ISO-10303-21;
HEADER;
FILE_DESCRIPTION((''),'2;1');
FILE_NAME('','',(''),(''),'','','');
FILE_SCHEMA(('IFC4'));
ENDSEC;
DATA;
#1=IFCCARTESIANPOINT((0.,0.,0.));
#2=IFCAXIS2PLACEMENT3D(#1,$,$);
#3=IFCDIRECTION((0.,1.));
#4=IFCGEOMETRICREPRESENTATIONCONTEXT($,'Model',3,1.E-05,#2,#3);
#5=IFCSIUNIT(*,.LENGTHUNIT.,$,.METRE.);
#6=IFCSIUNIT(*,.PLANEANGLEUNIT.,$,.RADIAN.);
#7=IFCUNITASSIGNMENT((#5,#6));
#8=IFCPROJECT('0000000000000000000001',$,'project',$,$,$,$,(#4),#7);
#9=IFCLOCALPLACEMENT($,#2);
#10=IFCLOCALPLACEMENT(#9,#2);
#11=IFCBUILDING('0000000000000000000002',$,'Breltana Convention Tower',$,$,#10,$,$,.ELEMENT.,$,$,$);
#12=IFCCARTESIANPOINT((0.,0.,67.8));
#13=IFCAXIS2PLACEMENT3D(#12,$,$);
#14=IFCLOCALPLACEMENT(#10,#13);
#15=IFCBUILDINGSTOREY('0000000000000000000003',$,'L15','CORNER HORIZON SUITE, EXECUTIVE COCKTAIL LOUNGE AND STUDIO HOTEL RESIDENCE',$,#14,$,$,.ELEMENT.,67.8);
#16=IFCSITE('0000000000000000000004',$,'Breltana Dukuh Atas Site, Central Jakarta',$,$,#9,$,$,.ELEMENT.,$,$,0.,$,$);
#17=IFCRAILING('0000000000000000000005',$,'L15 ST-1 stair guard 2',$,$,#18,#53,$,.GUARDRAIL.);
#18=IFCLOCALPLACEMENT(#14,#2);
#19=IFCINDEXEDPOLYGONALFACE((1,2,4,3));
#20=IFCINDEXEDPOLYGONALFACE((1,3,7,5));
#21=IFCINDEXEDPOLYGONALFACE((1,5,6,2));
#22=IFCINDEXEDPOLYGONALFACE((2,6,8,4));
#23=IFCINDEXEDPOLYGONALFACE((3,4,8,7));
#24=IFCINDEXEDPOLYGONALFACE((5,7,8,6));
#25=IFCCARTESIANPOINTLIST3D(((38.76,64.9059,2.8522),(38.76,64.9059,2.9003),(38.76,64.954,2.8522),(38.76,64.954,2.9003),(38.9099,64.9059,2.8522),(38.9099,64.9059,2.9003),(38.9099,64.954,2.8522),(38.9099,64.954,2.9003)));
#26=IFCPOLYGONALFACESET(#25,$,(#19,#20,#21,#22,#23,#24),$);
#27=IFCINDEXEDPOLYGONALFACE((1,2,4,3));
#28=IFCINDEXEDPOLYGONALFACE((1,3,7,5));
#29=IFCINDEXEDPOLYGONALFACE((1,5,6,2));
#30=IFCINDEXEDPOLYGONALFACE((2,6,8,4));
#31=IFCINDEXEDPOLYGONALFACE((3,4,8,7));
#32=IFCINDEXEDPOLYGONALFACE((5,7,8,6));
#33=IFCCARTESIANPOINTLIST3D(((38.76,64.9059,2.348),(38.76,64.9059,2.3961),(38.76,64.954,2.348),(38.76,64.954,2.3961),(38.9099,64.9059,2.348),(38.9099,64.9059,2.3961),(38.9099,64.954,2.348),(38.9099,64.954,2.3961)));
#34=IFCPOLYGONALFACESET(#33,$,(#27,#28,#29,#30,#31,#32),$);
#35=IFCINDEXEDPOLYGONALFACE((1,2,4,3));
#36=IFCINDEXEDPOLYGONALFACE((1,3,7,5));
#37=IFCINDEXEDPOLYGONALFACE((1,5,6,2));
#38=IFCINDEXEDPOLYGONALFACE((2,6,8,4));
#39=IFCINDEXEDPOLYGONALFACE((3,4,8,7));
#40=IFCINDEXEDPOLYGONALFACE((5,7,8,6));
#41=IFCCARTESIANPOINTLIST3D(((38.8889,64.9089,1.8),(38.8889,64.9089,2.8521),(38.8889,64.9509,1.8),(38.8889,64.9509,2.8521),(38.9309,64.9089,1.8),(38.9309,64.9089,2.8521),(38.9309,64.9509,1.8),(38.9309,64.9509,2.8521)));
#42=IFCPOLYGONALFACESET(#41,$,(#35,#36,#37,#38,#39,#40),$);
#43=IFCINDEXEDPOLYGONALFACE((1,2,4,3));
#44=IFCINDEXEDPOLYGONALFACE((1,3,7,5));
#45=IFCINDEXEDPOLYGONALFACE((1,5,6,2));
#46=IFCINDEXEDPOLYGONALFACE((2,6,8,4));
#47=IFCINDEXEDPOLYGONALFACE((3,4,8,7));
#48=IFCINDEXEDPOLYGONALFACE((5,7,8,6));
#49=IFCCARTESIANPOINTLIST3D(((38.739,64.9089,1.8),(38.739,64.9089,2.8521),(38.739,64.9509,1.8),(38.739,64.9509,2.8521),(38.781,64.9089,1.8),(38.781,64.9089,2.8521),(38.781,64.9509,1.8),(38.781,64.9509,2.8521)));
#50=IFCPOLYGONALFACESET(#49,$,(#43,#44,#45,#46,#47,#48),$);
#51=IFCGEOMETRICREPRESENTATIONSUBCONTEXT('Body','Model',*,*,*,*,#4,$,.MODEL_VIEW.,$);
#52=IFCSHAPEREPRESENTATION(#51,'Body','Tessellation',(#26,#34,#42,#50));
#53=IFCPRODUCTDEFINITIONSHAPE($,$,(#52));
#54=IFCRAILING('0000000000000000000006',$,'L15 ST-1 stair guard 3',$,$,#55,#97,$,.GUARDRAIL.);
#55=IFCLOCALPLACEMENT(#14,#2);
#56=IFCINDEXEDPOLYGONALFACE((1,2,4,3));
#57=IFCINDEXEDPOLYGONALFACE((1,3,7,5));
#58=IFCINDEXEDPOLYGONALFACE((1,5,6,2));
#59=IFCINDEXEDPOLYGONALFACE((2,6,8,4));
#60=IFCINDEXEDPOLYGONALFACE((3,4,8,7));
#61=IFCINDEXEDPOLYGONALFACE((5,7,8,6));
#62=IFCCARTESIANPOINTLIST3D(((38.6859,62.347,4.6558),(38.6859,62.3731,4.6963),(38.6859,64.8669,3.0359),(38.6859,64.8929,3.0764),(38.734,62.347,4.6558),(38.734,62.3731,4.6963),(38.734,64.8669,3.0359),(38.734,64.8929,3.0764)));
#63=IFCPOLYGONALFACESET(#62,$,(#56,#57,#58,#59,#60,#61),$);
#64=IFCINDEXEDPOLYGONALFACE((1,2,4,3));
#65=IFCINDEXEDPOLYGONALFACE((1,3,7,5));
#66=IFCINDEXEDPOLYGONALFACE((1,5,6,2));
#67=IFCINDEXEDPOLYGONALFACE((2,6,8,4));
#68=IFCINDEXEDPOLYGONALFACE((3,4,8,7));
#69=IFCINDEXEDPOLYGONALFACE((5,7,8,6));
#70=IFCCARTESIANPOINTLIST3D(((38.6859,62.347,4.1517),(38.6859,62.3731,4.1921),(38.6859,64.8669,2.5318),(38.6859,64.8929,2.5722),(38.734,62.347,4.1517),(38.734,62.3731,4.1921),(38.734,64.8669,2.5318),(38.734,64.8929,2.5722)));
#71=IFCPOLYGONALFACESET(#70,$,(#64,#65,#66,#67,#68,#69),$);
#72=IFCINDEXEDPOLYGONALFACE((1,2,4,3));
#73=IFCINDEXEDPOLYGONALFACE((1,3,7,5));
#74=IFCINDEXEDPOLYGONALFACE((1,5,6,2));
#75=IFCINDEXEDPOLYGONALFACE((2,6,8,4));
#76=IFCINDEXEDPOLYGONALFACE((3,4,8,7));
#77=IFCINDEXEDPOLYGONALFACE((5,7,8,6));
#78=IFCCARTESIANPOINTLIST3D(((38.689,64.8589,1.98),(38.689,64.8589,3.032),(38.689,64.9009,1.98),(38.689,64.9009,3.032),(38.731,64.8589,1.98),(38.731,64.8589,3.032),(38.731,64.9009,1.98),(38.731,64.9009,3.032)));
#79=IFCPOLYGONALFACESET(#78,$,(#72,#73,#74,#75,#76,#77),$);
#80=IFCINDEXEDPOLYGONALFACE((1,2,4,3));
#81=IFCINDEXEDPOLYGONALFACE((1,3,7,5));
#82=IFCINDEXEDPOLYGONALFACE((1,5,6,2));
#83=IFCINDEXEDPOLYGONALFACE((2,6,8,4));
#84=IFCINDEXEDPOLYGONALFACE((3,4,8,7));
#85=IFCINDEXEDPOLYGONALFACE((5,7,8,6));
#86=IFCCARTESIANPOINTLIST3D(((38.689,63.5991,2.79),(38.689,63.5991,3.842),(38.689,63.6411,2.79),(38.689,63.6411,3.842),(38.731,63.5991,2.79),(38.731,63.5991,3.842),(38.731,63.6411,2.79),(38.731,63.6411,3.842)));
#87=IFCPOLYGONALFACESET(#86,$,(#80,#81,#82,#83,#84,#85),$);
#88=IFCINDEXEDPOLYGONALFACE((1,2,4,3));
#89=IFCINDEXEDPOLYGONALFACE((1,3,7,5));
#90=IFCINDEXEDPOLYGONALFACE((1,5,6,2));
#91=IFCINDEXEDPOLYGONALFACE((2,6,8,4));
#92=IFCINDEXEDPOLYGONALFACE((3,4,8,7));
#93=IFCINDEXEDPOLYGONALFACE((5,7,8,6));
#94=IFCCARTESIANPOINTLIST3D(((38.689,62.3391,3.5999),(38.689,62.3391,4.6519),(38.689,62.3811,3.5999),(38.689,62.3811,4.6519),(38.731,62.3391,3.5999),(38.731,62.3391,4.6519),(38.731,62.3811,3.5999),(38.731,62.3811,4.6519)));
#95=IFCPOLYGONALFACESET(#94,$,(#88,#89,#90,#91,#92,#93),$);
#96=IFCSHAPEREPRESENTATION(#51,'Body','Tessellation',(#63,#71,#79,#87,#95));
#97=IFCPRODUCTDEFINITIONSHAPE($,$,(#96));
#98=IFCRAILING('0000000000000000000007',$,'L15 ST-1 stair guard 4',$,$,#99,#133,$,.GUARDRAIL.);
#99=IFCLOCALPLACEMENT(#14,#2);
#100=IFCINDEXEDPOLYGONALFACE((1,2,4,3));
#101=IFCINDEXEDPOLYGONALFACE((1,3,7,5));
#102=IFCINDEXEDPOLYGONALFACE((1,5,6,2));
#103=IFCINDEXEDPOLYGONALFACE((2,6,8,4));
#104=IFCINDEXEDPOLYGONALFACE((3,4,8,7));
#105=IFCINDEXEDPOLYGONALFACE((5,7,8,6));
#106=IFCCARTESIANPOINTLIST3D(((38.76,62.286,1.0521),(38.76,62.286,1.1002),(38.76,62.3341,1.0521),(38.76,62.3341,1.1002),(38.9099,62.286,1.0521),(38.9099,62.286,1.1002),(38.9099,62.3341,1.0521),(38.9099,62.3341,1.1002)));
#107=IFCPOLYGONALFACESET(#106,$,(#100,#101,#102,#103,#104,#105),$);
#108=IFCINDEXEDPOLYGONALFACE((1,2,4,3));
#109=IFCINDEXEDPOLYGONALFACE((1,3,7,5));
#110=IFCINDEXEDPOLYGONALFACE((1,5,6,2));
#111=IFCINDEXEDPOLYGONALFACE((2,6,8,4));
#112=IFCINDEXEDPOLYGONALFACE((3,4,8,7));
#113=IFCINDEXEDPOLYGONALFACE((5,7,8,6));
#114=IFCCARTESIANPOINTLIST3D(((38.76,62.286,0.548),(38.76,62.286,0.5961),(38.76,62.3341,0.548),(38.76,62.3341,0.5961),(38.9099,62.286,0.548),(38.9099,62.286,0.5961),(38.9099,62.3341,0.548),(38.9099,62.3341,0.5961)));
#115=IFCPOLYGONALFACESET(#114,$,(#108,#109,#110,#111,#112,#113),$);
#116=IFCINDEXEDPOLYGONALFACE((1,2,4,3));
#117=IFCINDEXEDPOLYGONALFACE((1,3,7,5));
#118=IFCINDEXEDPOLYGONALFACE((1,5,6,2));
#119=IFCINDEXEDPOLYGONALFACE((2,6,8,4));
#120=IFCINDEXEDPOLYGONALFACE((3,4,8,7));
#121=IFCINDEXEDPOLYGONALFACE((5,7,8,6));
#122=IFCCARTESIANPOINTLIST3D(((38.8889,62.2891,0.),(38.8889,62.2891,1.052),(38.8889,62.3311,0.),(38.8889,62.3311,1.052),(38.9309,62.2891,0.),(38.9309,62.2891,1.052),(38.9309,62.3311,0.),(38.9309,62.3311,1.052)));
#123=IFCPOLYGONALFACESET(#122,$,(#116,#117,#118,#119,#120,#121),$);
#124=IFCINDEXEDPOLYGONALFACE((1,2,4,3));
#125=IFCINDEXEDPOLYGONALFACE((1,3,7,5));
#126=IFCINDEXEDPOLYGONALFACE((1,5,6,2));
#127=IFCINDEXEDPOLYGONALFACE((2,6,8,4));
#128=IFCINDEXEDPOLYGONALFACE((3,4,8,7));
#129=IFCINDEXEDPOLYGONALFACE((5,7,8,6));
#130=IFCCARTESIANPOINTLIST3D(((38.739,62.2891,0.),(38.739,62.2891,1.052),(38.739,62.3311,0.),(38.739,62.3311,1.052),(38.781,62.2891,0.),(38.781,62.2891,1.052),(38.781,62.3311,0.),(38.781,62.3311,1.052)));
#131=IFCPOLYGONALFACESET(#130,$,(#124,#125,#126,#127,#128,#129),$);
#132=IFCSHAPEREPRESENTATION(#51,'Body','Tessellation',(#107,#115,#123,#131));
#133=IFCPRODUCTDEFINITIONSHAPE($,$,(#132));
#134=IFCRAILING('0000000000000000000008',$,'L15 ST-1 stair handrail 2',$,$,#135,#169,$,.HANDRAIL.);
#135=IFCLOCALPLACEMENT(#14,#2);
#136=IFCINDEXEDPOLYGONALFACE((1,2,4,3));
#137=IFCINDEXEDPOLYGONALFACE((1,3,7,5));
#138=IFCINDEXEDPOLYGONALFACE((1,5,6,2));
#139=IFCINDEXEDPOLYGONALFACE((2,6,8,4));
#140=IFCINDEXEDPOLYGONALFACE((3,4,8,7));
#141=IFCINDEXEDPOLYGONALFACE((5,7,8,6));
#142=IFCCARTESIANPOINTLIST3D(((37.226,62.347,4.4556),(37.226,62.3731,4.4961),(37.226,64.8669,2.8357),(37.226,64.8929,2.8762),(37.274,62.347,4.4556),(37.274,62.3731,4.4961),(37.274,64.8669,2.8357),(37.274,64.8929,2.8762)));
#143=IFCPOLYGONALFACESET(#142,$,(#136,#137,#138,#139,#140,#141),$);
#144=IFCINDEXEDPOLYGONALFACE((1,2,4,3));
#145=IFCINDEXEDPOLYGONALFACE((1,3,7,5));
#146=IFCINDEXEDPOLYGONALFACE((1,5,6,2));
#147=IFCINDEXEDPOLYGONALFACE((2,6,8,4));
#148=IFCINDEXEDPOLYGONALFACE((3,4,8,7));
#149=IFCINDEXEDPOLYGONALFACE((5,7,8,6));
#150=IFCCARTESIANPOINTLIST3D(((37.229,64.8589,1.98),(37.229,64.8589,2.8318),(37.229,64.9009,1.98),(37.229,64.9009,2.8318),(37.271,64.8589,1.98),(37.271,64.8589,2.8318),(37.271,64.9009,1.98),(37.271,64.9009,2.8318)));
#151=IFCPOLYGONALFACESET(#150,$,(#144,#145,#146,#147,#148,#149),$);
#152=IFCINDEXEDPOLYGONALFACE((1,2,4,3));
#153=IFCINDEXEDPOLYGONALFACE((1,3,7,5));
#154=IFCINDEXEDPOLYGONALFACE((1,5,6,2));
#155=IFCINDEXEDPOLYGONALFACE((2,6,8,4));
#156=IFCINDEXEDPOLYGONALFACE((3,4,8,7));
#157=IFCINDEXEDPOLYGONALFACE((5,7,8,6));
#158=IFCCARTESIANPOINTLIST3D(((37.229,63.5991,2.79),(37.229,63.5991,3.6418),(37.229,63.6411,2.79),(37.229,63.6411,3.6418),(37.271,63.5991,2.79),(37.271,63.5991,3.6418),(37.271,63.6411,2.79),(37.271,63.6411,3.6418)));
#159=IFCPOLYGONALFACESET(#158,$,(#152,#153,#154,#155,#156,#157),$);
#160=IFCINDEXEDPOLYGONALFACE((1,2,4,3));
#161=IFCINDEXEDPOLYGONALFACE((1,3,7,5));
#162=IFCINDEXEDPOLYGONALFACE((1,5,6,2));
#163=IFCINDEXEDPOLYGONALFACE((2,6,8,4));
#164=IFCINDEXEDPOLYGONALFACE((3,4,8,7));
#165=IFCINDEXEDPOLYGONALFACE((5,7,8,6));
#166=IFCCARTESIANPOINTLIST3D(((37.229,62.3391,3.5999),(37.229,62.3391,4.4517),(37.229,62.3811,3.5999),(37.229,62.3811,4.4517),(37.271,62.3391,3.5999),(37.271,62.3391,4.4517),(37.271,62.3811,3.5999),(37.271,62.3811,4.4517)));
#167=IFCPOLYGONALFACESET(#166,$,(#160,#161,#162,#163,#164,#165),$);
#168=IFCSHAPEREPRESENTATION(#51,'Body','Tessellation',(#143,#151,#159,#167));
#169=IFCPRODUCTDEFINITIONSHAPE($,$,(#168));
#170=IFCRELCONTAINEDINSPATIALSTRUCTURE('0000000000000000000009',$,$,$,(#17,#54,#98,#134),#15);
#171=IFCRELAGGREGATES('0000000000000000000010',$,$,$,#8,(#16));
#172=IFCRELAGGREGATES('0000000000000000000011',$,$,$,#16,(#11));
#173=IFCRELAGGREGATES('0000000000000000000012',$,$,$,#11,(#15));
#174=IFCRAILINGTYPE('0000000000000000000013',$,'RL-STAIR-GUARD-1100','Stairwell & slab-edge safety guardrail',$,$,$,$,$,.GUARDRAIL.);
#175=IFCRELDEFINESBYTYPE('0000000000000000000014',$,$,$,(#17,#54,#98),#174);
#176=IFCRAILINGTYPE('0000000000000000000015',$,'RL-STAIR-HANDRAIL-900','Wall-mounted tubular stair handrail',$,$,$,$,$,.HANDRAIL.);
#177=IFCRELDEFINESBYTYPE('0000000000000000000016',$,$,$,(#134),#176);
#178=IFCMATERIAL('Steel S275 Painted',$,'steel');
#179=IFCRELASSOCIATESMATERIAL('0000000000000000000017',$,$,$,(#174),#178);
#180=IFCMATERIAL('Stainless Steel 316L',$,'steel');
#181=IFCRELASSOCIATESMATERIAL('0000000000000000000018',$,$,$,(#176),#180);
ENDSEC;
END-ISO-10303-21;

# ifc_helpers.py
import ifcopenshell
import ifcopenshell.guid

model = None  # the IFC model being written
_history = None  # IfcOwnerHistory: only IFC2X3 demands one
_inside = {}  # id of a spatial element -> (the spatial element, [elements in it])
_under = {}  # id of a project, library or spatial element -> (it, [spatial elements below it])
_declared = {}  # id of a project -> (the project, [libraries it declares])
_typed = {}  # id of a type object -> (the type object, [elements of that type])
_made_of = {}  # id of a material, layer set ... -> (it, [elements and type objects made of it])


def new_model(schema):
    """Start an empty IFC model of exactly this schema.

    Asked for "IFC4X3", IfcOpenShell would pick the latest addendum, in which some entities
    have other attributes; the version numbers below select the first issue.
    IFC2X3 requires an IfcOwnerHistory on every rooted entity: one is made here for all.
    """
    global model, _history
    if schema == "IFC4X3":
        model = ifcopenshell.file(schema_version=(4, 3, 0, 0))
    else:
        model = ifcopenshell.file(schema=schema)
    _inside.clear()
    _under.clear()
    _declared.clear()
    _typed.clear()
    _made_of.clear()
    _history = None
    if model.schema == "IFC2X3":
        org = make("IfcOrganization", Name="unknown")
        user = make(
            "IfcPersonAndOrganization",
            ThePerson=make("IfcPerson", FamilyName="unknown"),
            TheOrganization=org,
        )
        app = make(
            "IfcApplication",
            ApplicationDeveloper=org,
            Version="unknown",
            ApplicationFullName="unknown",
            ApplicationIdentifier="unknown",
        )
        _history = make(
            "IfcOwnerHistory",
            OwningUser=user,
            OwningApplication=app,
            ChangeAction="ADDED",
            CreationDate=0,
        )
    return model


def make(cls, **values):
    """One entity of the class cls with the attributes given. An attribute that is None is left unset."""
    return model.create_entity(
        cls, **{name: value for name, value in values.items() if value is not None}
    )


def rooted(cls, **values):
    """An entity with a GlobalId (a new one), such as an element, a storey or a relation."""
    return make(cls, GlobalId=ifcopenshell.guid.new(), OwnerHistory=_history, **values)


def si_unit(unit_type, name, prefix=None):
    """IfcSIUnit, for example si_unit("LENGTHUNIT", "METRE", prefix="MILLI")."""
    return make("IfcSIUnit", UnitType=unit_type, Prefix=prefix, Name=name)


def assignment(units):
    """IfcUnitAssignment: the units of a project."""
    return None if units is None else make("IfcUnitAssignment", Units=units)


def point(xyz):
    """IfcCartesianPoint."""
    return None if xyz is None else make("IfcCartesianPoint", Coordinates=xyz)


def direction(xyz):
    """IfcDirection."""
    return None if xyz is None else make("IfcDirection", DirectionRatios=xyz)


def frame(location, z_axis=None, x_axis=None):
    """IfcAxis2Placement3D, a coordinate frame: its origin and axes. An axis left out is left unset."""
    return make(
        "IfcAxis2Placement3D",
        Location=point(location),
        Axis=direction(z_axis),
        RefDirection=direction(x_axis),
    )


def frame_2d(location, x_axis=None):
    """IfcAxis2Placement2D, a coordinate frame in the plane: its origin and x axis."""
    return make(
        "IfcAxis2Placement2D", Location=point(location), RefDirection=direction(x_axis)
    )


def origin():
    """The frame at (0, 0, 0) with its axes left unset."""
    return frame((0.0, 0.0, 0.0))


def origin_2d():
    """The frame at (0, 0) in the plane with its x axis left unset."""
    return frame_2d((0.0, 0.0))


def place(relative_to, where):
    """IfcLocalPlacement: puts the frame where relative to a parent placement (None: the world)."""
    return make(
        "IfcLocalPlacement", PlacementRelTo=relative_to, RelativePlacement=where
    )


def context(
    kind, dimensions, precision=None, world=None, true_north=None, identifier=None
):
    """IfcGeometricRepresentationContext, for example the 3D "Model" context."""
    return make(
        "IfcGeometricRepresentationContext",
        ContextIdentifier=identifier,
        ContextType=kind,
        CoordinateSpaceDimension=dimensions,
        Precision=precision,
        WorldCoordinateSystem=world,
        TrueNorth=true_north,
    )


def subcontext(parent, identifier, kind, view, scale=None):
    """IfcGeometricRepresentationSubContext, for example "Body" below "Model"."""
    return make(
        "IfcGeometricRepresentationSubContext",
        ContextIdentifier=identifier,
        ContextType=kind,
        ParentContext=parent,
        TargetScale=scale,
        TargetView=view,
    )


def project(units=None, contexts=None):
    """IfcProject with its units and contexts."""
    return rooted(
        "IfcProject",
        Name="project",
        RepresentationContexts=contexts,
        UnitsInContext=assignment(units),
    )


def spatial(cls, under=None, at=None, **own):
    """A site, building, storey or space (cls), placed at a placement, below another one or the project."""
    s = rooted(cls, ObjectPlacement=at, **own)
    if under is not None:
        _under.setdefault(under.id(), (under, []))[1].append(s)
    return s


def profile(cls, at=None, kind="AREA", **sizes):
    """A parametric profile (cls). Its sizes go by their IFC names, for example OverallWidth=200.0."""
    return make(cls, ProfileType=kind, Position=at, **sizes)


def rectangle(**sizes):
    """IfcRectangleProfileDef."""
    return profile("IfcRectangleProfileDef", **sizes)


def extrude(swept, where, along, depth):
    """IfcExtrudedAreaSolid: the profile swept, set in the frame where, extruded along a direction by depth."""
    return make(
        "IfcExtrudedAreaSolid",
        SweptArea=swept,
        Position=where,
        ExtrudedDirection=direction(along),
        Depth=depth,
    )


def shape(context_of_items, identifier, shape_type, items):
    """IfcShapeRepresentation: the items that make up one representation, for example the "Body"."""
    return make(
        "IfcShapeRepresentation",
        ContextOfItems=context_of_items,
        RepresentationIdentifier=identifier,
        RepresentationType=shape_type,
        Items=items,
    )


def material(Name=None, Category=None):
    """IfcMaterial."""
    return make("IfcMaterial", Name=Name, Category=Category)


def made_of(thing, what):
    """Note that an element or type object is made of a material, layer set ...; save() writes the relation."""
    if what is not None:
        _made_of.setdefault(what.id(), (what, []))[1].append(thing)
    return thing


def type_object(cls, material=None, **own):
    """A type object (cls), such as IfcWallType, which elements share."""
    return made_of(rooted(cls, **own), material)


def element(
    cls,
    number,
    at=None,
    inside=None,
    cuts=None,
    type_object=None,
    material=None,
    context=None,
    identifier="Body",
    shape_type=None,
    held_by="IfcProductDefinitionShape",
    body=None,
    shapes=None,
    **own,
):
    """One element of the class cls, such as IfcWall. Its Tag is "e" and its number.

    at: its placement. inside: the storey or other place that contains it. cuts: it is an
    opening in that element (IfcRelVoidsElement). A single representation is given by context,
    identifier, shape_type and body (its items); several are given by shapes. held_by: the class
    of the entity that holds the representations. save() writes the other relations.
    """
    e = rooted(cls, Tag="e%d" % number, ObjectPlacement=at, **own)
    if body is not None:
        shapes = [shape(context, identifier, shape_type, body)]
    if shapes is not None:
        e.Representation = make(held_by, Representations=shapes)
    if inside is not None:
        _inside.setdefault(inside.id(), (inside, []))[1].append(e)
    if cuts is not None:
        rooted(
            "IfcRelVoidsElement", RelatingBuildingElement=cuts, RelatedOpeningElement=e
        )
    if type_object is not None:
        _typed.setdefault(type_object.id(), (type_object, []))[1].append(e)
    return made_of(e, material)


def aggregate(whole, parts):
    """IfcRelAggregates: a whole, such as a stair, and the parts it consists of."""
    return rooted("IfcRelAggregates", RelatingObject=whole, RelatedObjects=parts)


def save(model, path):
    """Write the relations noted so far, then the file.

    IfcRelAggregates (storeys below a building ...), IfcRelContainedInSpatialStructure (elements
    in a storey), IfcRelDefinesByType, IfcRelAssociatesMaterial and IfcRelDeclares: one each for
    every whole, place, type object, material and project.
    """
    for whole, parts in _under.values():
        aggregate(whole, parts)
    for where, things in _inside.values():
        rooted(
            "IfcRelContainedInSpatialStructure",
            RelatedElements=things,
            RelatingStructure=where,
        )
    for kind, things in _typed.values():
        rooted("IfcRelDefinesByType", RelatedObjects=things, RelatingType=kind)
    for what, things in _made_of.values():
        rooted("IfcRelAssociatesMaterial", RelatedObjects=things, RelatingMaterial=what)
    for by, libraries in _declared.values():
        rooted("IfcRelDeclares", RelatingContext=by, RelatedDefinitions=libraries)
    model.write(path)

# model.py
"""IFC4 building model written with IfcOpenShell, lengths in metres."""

from ifc_helpers import new_model, si_unit, direction, frame, origin, origin_2d, place, context, subcontext, project, spatial, rectangle, extrude, material, type_object, element, save


model = new_model("IFC4")

# Units and contexts
model_context = context("Model", 3, precision=1e-05, world=origin(), true_north=direction((0.0, 1.0)))
body_context = subcontext(model_context, "Body", "Model", "MODEL_VIEW")
ifc_project = project(units=[si_unit("LENGTHUNIT", "METRE"), si_unit("PLANEANGLEUNIT", "RADIAN")], contexts=[model_context])

# Site, building, storey
site_placement = place(None, origin())
site = spatial("IfcSite", under=ifc_project, at=site_placement, Name="Breltana Dukuh Atas Site, Central Jakarta", CompositionType="ELEMENT", RefElevation=0.0)
building_placement = place(site_placement, origin())
building = spatial("IfcBuilding", under=site, at=building_placement, Name="Breltana Convention Tower", CompositionType="ELEMENT")
storey_placement = place(building_placement, frame((0.0, 0.0, 67.8)))
storey = spatial("IfcBuildingStorey", under=building, at=storey_placement, Name="L15", Description="CORNER HORIZON SUITE, EXECUTIVE COCKTAIL LOUNGE AND STUDIO HOTEL RESIDENCE", CompositionType="ELEMENT", Elevation=67.8)

# Railings
ifc_material_1 = material(Name="Steel S275 Painted", Category="steel")
railing_type_1 = type_object("IfcRailingType", Name="RL-STAIR-GUARD-1100", Description="Stairwell & slab-edge safety guardrail", PredefinedType="GUARDRAIL", material=ifc_material_1)
railing_1_placement = place(storey_placement, frame((38.9099, 64.9299, 1.8)))
element("IfcRailing", 1, at=railing_1_placement, inside=storey, type_object=railing_type_1, Name="L15 ST-1 stair guard 2", PredefinedType="GUARDRAIL", context=body_context, shape_type="SweptSolid", body=[
    extrude(rectangle(XDim=0.0481, YDim=0.0481, at=origin_2d()), frame((0.0, 0.0, 1.0762), z_axis=(-1.0, 0.0, 0.0), x_axis=(0.0, -1.0, 0.0)), (0.0, 0.0, 1.0), 0.1499),
    extrude(rectangle(XDim=0.0481, YDim=0.0481, at=origin_2d()), frame((0.0, 0.0, 0.572), z_axis=(-1.0, 0.0, 0.0), x_axis=(0.0, -1.0, 0.0)), (0.0, 0.0, 1.0), 0.1499),
    extrude(rectangle(XDim=0.042, YDim=0.042, at=origin_2d()), origin(), (0.0, 0.0, 1.0), 1.052),
    extrude(rectangle(XDim=0.042, YDim=0.042, at=origin_2d()), frame((-0.1499, 0.0, 0.0)), (0.0, 0.0, 1.0), 1.052),
])
railing_2_placement = place(storey_placement, frame((38.71, 64.8799, 1.98)))
element("IfcRailing", 2, at=railing_2_placement, inside=storey, type_object=railing_type_1, Name="L15 ST-1 stair guard 3", PredefinedType="GUARDRAIL", context=body_context, shape_type="SweptSolid", body=[
    extrude(rectangle(XDim=0.0481, YDim=0.0481, at=origin_2d()), frame((0.0, 0.0, 1.0762), z_axis=(0.0, -0.841176, 0.540762), x_axis=(1.0, 0.0, 0.0)), (0.0, 0.0, 1.0), 2.9956),
    extrude(rectangle(XDim=0.0481, YDim=0.0481, at=origin_2d()), frame((0.0, 0.0, 0.572), z_axis=(0.0, -0.841176, 0.540762), x_axis=(1.0, 0.0, 0.0)), (0.0, 0.0, 1.0), 2.9956),
    extrude(rectangle(XDim=0.042, YDim=0.042, at=origin_2d()), origin(), (0.0, 0.0, 1.0), 1.052),
    extrude(rectangle(XDim=0.042, YDim=0.042, at=origin_2d()), frame((0.0, -1.2598, 0.8101)), (0.0, 0.0, 1.0), 1.052),
    extrude(rectangle(XDim=0.042, YDim=0.042, at=origin_2d()), frame((0.0, -2.5198, 1.6199)), (0.0, 0.0, 1.0), 1.052),
])
railing_3_placement = place(storey_placement, frame((38.9099, 62.3101, 0.0)))
element("IfcRailing", 3, at=railing_3_placement, inside=storey, type_object=railing_type_1, Name="L15 ST-1 stair guard 4", PredefinedType="GUARDRAIL", context=body_context, shape_type="SweptSolid", body=[
    extrude(rectangle(XDim=0.0481, YDim=0.0481, at=origin_2d()), frame((0.0, 0.0, 1.0762), z_axis=(-1.0, 0.0, 0.0), x_axis=(0.0, -1.0, 0.0)), (0.0, 0.0, 1.0), 0.1499),
    extrude(rectangle(XDim=0.0481, YDim=0.0481, at=origin_2d()), frame((0.0, 0.0, 0.572), z_axis=(-1.0, 0.0, 0.0), x_axis=(0.0, -1.0, 0.0)), (0.0, 0.0, 1.0), 0.1499),
    extrude(rectangle(XDim=0.042, YDim=0.042, at=origin_2d()), origin(), (0.0, 0.0, 1.0), 1.052),
    extrude(rectangle(XDim=0.042, YDim=0.042, at=origin_2d()), frame((-0.1499, 0.0, 0.0)), (0.0, 0.0, 1.0), 1.052),
])
ifc_material_2 = material(Name="Stainless Steel 316L", Category="steel")
railing_type_2 = type_object("IfcRailingType", Name="RL-STAIR-HANDRAIL-900", Description="Wall-mounted tubular stair handrail", PredefinedType="HANDRAIL", material=ifc_material_2)
railing_4_placement = place(storey_placement, frame((37.25, 64.8799, 1.98)))
element("IfcRailing", 4, at=railing_4_placement, inside=storey, type_object=railing_type_2, Name="L15 ST-1 stair handrail 2", PredefinedType="HANDRAIL", context=body_context, shape_type="SweptSolid", body=[
    extrude(rectangle(XDim=0.0481, YDim=0.0481, at=origin_2d()), frame((0.0, 0.0, 0.876), z_axis=(0.0, -0.841176, 0.540762), x_axis=(1.0, 0.0, 0.0)), (0.0, 0.0, 1.0), 2.9956),
    extrude(rectangle(XDim=0.042, YDim=0.042, at=origin_2d()), origin(), (0.0, 0.0, 1.0), 0.8518),
    extrude(rectangle(XDim=0.042, YDim=0.042, at=origin_2d()), frame((0.0, -1.2598, 0.8101)), (0.0, 0.0, 1.0), 0.8518),
    extrude(rectangle(XDim=0.042, YDim=0.042, at=origin_2d()), frame((0.0, -2.5198, 1.6199)), (0.0, 0.0, 1.0), 0.8518),
])

save(model, "model.ifc")
